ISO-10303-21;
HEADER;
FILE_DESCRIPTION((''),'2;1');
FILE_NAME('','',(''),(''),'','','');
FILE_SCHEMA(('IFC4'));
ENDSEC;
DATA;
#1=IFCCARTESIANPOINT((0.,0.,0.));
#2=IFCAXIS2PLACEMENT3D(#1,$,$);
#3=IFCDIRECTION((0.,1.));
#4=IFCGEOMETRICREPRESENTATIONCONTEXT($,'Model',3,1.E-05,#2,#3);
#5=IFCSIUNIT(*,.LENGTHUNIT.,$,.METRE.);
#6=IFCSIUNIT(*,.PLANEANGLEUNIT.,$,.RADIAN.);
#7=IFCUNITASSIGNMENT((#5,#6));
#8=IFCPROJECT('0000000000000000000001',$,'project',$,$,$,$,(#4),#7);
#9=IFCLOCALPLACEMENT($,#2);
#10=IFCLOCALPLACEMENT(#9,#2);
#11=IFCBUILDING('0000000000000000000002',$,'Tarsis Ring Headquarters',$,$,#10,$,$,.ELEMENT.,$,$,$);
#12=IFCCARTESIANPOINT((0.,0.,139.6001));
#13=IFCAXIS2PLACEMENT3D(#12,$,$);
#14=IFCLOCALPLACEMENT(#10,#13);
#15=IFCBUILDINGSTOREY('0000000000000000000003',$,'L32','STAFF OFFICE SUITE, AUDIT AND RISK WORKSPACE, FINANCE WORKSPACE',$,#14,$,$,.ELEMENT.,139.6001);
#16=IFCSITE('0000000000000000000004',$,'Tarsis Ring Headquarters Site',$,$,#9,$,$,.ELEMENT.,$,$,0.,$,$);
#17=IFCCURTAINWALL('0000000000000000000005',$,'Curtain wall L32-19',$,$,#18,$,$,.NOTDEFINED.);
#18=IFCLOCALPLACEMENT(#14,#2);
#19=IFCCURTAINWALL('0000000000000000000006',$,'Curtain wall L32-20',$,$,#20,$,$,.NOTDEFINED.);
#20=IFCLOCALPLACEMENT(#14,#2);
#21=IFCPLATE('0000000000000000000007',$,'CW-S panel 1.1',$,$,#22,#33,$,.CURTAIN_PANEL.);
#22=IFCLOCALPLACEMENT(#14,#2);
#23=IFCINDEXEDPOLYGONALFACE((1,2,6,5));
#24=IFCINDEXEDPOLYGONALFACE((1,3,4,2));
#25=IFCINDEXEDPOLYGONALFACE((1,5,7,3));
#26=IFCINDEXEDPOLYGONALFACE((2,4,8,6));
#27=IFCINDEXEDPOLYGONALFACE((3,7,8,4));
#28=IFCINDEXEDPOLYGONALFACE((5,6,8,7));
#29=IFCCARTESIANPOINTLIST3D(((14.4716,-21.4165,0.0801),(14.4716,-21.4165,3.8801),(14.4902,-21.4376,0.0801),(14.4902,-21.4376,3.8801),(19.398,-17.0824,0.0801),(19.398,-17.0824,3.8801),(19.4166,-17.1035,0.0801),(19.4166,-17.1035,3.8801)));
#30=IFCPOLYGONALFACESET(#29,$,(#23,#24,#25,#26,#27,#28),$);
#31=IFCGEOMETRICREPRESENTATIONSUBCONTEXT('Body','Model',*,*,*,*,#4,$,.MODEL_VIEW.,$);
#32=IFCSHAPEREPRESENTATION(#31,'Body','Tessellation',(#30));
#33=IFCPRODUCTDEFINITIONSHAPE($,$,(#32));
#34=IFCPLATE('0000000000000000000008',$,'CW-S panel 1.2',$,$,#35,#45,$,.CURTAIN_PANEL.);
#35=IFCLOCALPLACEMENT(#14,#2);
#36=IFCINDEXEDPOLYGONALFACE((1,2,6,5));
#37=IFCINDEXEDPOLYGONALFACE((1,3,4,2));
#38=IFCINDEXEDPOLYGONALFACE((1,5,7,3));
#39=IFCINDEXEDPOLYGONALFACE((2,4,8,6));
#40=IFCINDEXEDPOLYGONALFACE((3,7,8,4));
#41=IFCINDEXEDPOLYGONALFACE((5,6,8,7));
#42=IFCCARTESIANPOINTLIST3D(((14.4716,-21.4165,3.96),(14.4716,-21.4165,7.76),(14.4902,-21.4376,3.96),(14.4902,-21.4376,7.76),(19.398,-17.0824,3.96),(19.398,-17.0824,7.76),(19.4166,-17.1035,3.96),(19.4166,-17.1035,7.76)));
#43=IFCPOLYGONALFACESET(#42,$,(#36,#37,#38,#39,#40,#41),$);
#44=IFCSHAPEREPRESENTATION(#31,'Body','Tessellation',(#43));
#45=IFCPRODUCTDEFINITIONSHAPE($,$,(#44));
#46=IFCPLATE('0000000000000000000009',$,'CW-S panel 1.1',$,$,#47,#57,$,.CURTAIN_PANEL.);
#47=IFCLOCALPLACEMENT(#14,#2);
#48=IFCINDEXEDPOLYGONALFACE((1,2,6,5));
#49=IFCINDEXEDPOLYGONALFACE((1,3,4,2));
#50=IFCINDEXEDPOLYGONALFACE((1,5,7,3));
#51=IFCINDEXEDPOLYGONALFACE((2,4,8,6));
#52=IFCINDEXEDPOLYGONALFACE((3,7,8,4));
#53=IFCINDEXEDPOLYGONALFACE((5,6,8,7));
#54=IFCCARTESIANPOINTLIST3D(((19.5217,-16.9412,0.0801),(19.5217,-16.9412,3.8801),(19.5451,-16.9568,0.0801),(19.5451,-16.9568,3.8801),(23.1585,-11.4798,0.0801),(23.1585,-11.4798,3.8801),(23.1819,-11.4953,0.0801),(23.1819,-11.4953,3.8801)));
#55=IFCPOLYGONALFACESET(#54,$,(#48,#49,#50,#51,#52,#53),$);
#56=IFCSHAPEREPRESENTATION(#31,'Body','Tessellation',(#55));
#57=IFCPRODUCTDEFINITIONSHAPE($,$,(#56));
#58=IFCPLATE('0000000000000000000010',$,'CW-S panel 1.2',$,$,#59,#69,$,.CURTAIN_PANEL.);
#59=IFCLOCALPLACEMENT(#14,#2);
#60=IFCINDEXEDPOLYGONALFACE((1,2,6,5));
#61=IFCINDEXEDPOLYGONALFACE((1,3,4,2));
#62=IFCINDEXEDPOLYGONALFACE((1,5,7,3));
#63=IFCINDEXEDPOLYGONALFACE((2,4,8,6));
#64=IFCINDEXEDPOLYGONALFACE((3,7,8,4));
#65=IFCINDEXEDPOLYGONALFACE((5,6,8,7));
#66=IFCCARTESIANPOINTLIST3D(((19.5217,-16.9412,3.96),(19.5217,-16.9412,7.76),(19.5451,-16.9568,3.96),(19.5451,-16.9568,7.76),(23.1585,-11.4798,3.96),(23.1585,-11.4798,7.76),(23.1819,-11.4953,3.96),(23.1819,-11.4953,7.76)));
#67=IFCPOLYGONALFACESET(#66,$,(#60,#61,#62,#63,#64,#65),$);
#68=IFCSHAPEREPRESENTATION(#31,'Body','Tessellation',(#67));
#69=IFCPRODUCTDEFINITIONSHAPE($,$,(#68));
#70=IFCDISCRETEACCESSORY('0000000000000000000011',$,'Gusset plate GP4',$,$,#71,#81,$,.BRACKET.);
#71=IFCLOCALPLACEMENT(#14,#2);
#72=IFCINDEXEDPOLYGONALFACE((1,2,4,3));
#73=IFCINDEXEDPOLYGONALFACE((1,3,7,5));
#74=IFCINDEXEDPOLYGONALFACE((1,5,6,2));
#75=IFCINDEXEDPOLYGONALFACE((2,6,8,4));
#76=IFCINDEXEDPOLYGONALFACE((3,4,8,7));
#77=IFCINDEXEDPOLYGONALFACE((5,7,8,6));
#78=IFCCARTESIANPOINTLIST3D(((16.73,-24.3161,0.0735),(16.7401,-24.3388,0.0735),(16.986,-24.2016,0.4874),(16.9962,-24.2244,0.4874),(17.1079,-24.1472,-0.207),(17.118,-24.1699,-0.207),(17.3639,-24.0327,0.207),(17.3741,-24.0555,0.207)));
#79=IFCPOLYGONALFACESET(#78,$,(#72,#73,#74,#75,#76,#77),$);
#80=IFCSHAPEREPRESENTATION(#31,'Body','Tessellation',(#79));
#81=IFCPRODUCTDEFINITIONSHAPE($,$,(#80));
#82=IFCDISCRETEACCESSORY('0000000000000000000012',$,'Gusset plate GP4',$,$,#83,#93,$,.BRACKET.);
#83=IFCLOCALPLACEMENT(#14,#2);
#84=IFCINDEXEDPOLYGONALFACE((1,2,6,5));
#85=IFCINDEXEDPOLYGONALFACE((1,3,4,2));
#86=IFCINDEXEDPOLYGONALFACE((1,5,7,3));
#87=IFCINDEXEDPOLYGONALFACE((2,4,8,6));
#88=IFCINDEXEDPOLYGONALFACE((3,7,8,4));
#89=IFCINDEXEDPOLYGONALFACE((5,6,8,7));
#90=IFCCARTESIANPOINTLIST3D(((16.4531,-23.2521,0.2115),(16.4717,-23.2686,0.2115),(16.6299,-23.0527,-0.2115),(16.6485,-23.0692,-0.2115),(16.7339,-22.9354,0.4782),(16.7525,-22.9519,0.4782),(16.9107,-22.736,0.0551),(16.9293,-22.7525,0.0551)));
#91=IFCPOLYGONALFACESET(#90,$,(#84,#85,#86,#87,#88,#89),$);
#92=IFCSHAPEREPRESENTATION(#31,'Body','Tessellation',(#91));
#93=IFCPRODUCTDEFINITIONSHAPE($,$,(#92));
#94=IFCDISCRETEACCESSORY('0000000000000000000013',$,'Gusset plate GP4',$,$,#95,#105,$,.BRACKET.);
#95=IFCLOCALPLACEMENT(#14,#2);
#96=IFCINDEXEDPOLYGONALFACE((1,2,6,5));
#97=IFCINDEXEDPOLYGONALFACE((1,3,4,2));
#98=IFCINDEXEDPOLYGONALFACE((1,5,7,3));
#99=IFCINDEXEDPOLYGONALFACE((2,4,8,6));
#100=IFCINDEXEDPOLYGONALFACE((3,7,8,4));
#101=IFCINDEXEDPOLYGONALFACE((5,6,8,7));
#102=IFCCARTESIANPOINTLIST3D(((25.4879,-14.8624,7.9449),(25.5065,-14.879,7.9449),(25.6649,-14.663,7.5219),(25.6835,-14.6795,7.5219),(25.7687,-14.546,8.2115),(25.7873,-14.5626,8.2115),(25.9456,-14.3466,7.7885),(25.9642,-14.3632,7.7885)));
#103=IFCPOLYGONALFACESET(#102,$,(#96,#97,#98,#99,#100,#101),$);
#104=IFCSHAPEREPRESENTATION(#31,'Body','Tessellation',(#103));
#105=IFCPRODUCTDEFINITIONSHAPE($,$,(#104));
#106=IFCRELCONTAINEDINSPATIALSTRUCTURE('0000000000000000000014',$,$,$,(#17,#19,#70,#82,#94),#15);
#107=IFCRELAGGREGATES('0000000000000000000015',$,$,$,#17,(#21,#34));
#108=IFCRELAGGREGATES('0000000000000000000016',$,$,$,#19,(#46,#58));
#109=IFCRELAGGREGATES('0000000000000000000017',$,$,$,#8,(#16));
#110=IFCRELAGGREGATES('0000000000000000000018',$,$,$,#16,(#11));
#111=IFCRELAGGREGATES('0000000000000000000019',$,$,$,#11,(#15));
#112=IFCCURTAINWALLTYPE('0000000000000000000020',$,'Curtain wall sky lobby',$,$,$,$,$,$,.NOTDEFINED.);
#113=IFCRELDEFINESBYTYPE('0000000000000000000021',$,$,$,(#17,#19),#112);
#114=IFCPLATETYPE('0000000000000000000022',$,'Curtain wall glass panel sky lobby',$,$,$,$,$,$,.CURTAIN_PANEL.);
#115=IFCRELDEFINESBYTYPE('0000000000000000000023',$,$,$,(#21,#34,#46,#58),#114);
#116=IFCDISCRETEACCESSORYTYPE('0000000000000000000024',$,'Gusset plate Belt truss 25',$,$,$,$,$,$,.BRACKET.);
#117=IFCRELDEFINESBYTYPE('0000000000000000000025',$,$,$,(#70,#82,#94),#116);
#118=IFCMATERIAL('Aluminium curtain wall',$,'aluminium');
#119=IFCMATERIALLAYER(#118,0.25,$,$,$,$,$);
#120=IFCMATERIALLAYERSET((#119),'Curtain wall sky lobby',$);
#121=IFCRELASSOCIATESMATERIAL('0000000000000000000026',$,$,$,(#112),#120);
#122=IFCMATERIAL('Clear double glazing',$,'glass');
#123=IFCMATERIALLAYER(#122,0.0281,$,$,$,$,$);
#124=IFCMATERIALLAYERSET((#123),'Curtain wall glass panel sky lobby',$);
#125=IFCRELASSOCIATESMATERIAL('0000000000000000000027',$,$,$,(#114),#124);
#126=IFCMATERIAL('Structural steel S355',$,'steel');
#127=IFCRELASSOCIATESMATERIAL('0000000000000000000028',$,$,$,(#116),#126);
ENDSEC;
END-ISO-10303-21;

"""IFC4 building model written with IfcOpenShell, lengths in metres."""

from ifc_helpers import new_model, si_unit, direction, frame, origin, origin_2d, place, context, subcontext, project, spatial, rectangle, extrude, material, layer, layer_set, material_profile, profile_set, type_object, element, aggregate, save


model = new_model("IFC4")

# Units and contexts
model_context = context("Model", 3, precision=1e-05, world=origin(), true_north=direction((0.0, 1.0)))
body_context = subcontext(model_context, "Body", "Model", "MODEL_VIEW")
ifc_project = project(units=[si_unit("LENGTHUNIT", "METRE"), si_unit("PLANEANGLEUNIT", "RADIAN")], contexts=[model_context])

# Site, building, storey
site_placement = place(None, origin())
site = spatial("IfcSite", under=ifc_project, at=site_placement, Name="Tarsis Ring Headquarters Site", CompositionType="ELEMENT", RefElevation=0.0)
building_placement = place(site_placement, origin())
building = spatial("IfcBuilding", under=site, at=building_placement, Name="Tarsis Ring Headquarters", CompositionType="ELEMENT")
storey_placement = place(building_placement, frame((0.0, 0.0, 139.6001)))
storey = spatial("IfcBuildingStorey", under=building, at=storey_placement, Name="L32", Description="STAFF OFFICE SUITE, AUDIT AND RISK WORKSPACE, FINANCE WORKSPACE", CompositionType="ELEMENT", Elevation=139.6001)

# Shared definitions
ifc_material_1 = material(Name="Structural steel S355", Category="steel")

# Shared definitions
ifc_material_2 = material(Name="Aluminium curtain wall", Category="aluminium")
ifc_layer_1 = layer(ifc_material_2, 0.25)
ifc_layer_set_1 = layer_set([ifc_layer_1], Name="Curtain wall sky lobby")
curtain_wall_type = type_object("IfcCurtainWallType", Name="Curtain wall sky lobby", PredefinedType="NOTDEFINED", material=ifc_layer_set_1)

# Curtain wall
curtain_wall_1_placement = place(storey_placement, origin())
curtain_wall_1 = element("IfcCurtainWall", 1, at=curtain_wall_1_placement, inside=storey, type_object=curtain_wall_type, Name="Curtain wall L32-19", PredefinedType="NOTDEFINED")

# Curtain wall
curtain_wall_2_placement = place(storey_placement, origin())
curtain_wall_2 = element("IfcCurtainWall", 2, at=curtain_wall_2_placement, inside=storey, type_object=curtain_wall_type, Name="Curtain wall L32-20", PredefinedType="NOTDEFINED")

# Plates
ifc_material_3 = material(Name="Clear double glazing", Category="glass")
ifc_layer_2 = layer(ifc_material_3, 0.0281)
ifc_layer_set_2 = layer_set([ifc_layer_2], Name="Curtain wall glass panel sky lobby")
plate_type = type_object("IfcPlateType", Name="Curtain wall glass panel sky lobby", PredefinedType="CURTAIN_PANEL", material=ifc_layer_set_2)
plate_1_placement = place(storey_placement, frame((16.9441, -19.26, 0.0801), z_axis=(0.0, 0.0, 1.0), x_axis=(0.750803, 0.660526, 0.0)))
plate_1 = element("IfcPlate", 3, at=plate_1_placement, type_object=plate_type, Name="CW-S panel 1.1", PredefinedType="CURTAIN_PANEL", context=body_context, shape_type="SweptSolid", body=[
    extrude(rectangle(XDim=6.5615, YDim=0.0281, at=origin_2d()), origin(), (0.0, 0.0, 1.0), 3.8),
])
plate_2_placement = place(storey_placement, frame((16.9441, -19.26, 3.96), z_axis=(0.0, 0.0, 1.0), x_axis=(0.750803, 0.660526, 0.0)))
plate_2 = element("IfcPlate", 4, at=plate_2_placement, type_object=plate_type, Name="CW-S panel 1.2", PredefinedType="CURTAIN_PANEL", context=body_context, shape_type="SweptSolid", body=[
    extrude(rectangle(XDim=6.5615, YDim=0.0281, at=origin_2d()), origin(), (0.0, 0.0, 1.0), 3.8),
])
aggregate(curtain_wall_1, [plate_1, plate_2])
plate_3_placement = place(storey_placement, frame((21.3518, -14.2183, 0.0801), z_axis=(0.0, 0.0, 1.0), x_axis=(0.554263, 0.832341, 0.0)))
plate_3 = element("IfcPlate", 5, at=plate_3_placement, type_object=plate_type, Name="CW-S panel 1.1", PredefinedType="CURTAIN_PANEL", context=body_context, shape_type="SweptSolid", body=[
    extrude(rectangle(XDim=6.5615, YDim=0.0281, at=origin_2d()), origin(), (0.0, 0.0, 1.0), 3.8),
])
plate_4_placement = place(storey_placement, frame((21.3518, -14.2183, 3.96), z_axis=(0.0, 0.0, 1.0), x_axis=(0.554263, 0.832341, 0.0)))
plate_4 = element("IfcPlate", 6, at=plate_4_placement, type_object=plate_type, Name="CW-S panel 1.2", PredefinedType="CURTAIN_PANEL", context=body_context, shape_type="SweptSolid", body=[
    extrude(rectangle(XDim=6.5615, YDim=0.0281, at=origin_2d()), origin(), (0.0, 0.0, 1.0), 3.8),
])
aggregate(curtain_wall_2, [plate_3, plate_4])

# Discrete accessories
ifc_material_profile_1 = material_profile(ifc_material_1, rectangle(XDim=0.0249, YDim=0.5, at=origin_2d()), Name="PL 25x500")
ifc_profile_set_1 = profile_set([ifc_material_profile_1], Name="Structural steel S355")
discrete_accessory_type = type_object("IfcDiscreteAccessoryType", Name="Gusset plate Belt truss 25", PredefinedType="BRACKET", material=ifc_profile_set_1)
discrete_accessory_1_placement = place(storey_placement, frame((17.241, -24.1013, 0.0), z_axis=(-0.755763, -0.337848, 0.560964), x_axis=(0.408107, -0.912934, 0.0)))
element("IfcDiscreteAccessory", 7, at=discrete_accessory_1_placement, inside=storey, type_object=discrete_accessory_type, Name="Gusset plate GP4", PredefinedType="BRACKET", context=body_context, shape_type="SweptSolid", body=[
    extrude(rectangle(XDim=0.0249, YDim=0.5, at=origin_2d()), origin(), (0.0, 0.0, 1.0), 0.5),
])
discrete_accessory_2_placement = place(storey_placement, frame((16.5508, -23.1606, 0.0), z_axis=(0.561331, 0.633084, 0.533021), x_axis=(-0.748236, 0.663432, 0.0)))
element("IfcDiscreteAccessory", 8, at=discrete_accessory_2_placement, inside=storey, type_object=discrete_accessory_type, Name="Gusset plate GP4", PredefinedType="BRACKET", context=body_context, shape_type="SweptSolid", body=[
    extrude(rectangle(XDim=0.0249, YDim=0.5, at=origin_2d()), origin(), (0.0, 0.0, 1.0), 0.5002),
])
discrete_accessory_3_placement = place(storey_placement, frame((25.8665, -14.4546, 8.0), z_axis=(-0.561505, -0.632792, -0.533186), x_axis=(0.747982, -0.663719, 0.0)))
element("IfcDiscreteAccessory", 9, at=discrete_accessory_3_placement, inside=storey, type_object=discrete_accessory_type, Name="Gusset plate GP4", PredefinedType="BRACKET", context=body_context, shape_type="SweptSolid", body=[
    extrude(rectangle(XDim=0.0249, YDim=0.5, at=origin_2d()), origin(), (0.0, 0.0, 1.0), 0.5),
])

save(model, "model.ifc")
